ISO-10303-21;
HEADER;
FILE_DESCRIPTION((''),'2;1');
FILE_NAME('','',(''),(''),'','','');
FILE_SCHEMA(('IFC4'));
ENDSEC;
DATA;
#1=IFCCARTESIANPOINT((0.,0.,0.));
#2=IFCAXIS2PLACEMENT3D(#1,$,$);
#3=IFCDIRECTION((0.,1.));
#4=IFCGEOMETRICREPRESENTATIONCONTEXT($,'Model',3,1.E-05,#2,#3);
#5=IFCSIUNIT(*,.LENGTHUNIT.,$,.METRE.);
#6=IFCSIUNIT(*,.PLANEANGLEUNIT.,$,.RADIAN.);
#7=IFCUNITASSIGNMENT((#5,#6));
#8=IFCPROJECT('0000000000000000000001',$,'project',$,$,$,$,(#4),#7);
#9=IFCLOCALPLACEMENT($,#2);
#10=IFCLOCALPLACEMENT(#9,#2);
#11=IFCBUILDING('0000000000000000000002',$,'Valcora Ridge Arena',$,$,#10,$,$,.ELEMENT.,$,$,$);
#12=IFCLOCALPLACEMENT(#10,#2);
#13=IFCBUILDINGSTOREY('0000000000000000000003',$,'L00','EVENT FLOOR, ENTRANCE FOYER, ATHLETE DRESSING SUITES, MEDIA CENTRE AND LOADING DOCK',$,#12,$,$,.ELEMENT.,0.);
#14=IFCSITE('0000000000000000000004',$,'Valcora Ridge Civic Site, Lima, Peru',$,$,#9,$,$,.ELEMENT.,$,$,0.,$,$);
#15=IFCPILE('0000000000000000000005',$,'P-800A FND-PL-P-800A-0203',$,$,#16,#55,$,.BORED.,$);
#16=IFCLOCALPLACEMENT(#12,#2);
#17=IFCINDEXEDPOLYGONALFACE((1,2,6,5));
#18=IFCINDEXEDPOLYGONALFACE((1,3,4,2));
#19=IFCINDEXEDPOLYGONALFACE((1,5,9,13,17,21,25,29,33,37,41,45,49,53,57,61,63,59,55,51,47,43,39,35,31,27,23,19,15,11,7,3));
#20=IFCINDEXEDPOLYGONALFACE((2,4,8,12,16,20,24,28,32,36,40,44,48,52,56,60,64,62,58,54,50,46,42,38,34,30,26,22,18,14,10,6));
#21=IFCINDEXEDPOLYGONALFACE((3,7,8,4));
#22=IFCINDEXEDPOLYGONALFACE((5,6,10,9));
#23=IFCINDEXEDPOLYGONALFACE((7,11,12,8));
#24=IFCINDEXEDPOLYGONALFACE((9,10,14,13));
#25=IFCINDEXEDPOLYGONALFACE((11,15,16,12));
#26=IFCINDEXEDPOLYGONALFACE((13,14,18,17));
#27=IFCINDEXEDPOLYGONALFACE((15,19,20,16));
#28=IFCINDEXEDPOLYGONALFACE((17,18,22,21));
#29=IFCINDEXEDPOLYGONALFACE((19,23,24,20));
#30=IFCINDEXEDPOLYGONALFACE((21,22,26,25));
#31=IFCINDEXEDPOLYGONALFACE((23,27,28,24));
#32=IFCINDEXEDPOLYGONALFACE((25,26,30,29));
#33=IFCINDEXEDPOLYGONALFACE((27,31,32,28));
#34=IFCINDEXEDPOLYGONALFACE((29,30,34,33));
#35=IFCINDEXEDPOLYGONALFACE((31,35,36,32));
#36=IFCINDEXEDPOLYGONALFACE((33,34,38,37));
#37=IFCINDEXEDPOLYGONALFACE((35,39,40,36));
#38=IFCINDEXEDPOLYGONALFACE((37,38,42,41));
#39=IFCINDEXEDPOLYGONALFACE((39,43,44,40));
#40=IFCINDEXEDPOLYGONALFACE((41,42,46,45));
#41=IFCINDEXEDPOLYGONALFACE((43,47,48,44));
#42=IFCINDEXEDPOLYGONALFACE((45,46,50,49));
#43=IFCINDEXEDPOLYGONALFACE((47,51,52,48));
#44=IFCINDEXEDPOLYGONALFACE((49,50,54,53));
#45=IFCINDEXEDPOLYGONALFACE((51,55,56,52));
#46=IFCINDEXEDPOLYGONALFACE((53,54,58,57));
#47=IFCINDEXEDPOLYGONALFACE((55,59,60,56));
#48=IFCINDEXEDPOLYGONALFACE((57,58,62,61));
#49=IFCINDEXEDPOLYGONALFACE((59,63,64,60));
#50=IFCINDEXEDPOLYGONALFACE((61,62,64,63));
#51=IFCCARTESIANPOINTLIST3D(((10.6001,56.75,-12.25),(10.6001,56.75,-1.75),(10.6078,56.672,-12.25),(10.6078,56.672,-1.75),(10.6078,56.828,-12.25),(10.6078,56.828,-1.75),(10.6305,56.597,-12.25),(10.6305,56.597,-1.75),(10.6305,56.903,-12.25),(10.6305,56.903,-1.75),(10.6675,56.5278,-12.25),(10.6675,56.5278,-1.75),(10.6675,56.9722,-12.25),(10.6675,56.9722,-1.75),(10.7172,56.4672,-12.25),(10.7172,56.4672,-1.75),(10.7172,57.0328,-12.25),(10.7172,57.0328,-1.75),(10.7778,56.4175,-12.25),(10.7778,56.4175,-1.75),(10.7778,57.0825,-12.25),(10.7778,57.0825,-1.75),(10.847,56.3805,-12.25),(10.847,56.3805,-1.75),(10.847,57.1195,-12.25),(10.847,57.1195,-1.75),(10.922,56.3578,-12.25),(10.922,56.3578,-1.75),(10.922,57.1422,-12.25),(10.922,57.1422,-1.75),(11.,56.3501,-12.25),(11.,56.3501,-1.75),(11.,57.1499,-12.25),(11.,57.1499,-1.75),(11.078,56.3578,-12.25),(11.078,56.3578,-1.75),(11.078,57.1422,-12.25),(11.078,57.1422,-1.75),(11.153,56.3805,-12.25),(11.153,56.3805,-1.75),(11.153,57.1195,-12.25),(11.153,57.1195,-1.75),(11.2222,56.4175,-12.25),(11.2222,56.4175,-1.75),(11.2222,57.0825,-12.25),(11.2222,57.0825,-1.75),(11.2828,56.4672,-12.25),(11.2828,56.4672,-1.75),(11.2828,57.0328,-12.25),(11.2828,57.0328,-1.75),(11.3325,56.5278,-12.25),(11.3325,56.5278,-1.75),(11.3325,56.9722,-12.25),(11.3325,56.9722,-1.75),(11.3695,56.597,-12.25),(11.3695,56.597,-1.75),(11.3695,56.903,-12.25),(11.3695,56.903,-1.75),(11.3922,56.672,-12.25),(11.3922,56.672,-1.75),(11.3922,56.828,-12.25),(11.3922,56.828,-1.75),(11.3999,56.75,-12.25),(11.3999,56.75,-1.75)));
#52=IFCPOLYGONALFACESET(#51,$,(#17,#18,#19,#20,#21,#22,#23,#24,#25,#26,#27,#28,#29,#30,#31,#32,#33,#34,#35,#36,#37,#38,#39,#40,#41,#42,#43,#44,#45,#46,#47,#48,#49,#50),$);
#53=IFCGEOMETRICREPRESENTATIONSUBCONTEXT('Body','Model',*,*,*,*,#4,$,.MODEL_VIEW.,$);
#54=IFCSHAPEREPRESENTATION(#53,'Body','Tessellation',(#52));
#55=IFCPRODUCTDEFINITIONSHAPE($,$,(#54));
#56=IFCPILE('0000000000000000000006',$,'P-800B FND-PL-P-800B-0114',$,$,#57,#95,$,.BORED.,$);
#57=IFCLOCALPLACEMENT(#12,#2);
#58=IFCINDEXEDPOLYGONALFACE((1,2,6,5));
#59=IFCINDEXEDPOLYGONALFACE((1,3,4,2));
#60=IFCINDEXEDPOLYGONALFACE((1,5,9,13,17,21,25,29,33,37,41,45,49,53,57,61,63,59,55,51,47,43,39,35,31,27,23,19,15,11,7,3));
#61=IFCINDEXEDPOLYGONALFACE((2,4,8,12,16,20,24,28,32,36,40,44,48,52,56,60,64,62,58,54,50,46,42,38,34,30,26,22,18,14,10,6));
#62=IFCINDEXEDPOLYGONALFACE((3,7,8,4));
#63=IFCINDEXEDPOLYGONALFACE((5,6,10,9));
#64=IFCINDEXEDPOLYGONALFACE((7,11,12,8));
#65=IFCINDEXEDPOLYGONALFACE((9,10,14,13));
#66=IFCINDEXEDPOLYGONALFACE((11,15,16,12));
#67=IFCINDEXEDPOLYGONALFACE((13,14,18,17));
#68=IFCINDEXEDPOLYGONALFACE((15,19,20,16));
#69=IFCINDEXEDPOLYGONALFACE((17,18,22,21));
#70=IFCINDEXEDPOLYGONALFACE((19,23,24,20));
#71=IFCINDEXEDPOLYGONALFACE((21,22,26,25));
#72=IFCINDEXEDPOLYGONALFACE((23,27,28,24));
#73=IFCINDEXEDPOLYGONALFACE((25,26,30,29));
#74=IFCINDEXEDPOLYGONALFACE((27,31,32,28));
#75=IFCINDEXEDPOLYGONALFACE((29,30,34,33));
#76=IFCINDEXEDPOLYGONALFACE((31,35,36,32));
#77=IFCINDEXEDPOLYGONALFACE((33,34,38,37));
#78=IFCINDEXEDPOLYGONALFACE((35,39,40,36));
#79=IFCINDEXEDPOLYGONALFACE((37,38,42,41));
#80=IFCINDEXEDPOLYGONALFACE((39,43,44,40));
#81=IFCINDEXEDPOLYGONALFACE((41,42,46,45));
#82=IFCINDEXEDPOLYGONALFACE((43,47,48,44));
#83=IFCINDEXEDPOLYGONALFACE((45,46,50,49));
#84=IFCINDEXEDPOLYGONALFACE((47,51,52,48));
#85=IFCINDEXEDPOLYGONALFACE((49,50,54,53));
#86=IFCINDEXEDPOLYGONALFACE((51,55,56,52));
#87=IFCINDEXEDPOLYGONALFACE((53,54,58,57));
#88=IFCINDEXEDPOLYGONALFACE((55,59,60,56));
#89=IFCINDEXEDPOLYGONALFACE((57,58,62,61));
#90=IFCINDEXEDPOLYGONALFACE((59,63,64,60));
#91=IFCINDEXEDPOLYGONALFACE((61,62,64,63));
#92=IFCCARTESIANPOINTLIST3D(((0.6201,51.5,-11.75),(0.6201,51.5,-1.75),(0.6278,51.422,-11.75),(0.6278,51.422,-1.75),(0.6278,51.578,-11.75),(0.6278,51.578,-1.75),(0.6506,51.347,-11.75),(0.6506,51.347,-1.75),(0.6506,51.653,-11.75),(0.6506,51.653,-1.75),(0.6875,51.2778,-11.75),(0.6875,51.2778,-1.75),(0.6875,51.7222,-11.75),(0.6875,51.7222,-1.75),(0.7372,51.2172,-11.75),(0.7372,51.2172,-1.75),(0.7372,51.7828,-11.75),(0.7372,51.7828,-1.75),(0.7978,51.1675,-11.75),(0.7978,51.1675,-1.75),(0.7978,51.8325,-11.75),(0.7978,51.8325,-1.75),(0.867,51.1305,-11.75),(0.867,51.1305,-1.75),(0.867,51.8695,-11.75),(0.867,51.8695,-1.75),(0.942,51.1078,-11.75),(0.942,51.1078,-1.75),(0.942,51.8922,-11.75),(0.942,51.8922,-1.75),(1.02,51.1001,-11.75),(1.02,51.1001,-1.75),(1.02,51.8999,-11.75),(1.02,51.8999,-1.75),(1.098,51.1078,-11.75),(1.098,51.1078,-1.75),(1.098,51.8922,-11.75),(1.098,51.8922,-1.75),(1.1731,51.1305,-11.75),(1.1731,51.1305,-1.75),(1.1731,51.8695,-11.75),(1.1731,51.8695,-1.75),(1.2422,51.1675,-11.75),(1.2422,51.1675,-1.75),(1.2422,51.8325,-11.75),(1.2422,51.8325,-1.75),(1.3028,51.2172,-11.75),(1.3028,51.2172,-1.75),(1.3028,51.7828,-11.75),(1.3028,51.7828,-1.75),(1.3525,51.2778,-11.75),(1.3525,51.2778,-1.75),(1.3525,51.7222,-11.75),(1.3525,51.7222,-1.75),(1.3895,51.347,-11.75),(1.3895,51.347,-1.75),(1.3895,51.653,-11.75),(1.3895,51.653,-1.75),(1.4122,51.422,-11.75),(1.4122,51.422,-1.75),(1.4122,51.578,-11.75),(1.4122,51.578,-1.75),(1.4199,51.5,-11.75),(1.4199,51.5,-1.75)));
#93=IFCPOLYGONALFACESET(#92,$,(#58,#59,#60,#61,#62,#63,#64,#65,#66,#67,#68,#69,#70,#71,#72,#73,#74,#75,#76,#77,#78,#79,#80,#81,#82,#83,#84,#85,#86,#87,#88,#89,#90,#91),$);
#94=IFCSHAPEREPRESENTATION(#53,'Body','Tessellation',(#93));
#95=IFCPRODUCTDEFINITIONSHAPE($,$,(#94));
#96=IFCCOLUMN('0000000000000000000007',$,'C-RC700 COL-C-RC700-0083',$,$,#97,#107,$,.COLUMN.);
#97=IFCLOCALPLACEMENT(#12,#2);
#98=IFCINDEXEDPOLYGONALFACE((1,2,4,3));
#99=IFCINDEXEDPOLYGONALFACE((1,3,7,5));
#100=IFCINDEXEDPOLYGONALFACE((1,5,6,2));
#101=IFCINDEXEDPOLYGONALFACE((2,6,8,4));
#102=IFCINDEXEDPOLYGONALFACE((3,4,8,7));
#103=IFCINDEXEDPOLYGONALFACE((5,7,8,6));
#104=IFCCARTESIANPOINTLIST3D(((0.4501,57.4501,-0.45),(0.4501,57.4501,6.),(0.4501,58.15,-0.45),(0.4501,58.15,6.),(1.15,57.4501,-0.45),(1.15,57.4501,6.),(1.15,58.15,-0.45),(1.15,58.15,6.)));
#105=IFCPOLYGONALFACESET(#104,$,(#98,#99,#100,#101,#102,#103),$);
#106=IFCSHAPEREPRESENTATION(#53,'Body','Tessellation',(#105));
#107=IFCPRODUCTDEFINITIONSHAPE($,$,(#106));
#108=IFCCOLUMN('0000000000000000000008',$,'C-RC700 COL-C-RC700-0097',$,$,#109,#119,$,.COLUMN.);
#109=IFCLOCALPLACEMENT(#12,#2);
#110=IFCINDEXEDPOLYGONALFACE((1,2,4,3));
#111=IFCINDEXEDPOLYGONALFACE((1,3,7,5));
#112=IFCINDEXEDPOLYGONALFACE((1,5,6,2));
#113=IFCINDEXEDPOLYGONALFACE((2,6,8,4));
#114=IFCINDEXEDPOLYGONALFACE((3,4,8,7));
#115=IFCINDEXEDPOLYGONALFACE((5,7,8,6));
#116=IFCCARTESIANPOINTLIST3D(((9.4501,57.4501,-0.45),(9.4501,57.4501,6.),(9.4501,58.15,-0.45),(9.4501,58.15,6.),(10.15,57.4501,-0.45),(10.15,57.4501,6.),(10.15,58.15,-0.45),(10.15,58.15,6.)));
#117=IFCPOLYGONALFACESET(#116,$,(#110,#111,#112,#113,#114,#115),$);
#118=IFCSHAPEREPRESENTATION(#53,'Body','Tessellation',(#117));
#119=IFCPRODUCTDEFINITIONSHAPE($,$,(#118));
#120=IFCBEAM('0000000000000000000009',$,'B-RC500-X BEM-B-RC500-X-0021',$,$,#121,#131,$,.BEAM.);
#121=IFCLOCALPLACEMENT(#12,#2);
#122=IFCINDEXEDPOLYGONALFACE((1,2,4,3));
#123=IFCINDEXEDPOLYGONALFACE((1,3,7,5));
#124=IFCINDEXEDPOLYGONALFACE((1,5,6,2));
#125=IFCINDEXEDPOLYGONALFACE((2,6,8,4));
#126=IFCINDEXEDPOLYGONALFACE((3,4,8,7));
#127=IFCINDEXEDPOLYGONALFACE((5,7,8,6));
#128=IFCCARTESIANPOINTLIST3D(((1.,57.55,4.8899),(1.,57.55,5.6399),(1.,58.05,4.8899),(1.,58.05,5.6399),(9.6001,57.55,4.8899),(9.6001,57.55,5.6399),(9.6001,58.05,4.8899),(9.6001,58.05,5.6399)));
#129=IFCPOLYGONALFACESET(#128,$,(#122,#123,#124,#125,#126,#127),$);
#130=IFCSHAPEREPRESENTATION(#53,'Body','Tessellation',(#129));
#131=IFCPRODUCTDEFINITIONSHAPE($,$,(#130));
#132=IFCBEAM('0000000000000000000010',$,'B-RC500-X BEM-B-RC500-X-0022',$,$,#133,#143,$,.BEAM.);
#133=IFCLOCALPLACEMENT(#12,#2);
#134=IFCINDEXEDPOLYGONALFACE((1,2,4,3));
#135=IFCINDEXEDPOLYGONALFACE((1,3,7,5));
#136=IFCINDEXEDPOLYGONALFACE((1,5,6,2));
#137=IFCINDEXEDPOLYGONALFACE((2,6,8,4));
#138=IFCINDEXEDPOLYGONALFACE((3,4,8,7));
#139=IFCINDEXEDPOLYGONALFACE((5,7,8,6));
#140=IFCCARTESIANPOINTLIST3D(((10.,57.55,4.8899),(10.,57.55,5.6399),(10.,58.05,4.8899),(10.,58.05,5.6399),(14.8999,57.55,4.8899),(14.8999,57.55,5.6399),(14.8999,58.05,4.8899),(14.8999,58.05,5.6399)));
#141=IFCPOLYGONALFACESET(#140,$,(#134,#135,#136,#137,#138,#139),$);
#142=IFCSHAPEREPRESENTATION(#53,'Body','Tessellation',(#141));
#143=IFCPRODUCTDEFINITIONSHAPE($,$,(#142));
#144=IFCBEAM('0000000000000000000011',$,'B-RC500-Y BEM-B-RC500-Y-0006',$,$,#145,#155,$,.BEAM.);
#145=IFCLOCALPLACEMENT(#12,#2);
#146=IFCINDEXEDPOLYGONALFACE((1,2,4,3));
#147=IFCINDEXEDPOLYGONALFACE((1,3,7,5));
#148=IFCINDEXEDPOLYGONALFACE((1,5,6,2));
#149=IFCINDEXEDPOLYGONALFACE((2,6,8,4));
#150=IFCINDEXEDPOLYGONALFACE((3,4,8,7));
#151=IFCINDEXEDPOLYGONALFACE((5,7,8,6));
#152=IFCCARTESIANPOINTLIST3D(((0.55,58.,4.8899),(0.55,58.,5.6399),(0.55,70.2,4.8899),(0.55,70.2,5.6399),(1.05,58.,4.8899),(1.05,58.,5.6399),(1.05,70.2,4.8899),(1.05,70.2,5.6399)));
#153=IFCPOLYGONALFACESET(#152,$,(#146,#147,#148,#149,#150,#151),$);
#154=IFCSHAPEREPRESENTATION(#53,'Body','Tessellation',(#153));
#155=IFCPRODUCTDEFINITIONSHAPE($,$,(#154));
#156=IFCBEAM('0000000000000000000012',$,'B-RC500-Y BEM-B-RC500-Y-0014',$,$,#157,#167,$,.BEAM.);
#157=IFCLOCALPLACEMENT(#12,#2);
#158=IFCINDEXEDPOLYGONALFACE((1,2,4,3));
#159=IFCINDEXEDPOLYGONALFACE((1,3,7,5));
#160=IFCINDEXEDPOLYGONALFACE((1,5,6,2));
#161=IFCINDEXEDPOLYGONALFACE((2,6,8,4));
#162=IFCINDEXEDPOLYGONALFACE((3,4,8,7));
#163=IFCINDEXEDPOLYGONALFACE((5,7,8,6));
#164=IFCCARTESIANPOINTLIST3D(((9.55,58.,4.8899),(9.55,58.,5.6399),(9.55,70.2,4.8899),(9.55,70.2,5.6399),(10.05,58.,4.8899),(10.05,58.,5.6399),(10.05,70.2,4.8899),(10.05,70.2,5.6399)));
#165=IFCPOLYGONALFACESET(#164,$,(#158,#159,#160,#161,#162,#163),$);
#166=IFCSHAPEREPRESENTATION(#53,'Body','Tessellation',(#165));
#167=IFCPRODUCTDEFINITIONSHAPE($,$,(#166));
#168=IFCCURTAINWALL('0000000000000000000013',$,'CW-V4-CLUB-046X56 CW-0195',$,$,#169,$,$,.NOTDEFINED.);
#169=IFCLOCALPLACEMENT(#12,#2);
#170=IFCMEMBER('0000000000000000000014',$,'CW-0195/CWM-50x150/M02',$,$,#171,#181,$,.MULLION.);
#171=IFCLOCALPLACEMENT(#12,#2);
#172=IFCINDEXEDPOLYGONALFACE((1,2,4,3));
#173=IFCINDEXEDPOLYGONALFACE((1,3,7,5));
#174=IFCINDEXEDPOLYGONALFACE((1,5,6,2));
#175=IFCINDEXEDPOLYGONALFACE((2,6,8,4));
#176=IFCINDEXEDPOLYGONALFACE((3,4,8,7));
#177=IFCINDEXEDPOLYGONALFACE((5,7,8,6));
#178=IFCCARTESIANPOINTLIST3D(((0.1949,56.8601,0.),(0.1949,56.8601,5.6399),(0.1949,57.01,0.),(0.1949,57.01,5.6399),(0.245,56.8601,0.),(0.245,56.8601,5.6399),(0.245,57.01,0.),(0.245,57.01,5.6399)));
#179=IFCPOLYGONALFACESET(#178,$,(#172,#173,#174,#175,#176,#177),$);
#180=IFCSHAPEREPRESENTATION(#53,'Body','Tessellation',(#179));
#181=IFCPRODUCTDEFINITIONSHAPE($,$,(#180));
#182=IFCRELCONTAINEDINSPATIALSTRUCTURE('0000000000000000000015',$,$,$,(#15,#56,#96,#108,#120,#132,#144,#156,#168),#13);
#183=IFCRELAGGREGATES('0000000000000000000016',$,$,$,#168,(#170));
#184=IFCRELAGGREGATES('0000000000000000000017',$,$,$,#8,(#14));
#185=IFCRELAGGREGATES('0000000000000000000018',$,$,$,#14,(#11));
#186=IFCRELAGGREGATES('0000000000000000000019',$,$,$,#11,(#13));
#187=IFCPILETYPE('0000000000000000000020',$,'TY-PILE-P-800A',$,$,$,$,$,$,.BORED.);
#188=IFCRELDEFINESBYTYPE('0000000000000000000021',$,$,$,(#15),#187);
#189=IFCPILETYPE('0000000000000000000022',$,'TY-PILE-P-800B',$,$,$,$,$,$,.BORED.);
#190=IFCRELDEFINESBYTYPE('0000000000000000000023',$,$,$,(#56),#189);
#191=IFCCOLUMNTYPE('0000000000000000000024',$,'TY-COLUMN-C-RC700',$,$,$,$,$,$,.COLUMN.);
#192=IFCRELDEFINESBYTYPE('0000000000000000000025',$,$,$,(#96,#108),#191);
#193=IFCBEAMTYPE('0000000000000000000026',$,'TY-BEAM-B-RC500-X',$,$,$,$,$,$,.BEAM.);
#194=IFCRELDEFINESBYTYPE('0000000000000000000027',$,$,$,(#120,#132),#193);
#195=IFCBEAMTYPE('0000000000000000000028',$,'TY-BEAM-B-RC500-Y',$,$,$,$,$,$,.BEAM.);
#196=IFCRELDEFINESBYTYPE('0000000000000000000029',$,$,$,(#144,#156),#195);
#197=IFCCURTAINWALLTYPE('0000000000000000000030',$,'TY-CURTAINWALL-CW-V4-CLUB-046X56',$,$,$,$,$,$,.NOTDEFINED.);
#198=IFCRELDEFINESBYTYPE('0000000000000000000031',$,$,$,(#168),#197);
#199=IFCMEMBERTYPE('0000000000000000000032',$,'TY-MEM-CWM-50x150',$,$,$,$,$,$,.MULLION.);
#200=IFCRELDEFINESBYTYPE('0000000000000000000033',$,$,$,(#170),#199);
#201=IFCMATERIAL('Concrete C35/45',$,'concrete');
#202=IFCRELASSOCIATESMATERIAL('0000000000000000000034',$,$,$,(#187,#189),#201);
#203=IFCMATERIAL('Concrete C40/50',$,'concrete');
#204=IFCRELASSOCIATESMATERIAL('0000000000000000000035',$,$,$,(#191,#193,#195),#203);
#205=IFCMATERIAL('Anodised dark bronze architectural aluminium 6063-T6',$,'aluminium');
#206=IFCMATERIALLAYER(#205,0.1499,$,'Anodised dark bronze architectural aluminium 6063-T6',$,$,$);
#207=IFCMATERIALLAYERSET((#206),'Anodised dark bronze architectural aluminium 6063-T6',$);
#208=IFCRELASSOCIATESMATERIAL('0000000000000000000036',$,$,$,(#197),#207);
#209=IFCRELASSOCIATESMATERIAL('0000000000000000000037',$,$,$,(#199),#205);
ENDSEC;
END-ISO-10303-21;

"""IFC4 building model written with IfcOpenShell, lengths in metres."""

from ifc_helpers import new_model, si_unit, direction, frame, origin, origin_2d, place, context, subcontext, project, spatial, rectangle, circle, extrude, material, layer, layer_set, material_profile, profile_set, type_object, element, aggregate, save


model = new_model("IFC4")

# Units and contexts
model_context = context("Model", 3, precision=1e-05, world=origin(), true_north=direction((0.0, 1.0)))
body_context = subcontext(model_context, "Body", "Model", "MODEL_VIEW")
ifc_project = project(units=[si_unit("LENGTHUNIT", "METRE"), si_unit("PLANEANGLEUNIT", "RADIAN")], contexts=[model_context])

# Site, building, storey
site_placement = place(None, origin())
site = spatial("IfcSite", under=ifc_project, at=site_placement, Name="Valcora Ridge Civic Site, Lima, Peru", CompositionType="ELEMENT", RefElevation=0.0)
building_placement = place(site_placement, origin())
building = spatial("IfcBuilding", under=site, at=building_placement, Name="Valcora Ridge Arena", CompositionType="ELEMENT")
storey_placement = place(building_placement, origin())
storey = spatial("IfcBuildingStorey", under=building, at=storey_placement, Name="L00", Description="EVENT FLOOR, ENTRANCE FOYER, ATHLETE DRESSING SUITES, MEDIA CENTRE AND LOADING DOCK", CompositionType="ELEMENT", Elevation=0.0)

# Shared definitions
ifc_material_1 = material(Name="Concrete C40/50", Category="concrete")

# Piles
ifc_material_2 = material(Name="Concrete C35/45", Category="concrete")
ifc_material_profile_1 = material_profile(ifc_material_2, circle(Radius=0.3999, at=origin_2d()), Name="BORED PILE D800")
ifc_profile_set_1 = profile_set([ifc_material_profile_1], Name="Concrete C35/45")
pile_type_1 = type_object("IfcPileType", Name="TY-PILE-P-800A", PredefinedType="BORED", material=ifc_profile_set_1)
for number, where, z_axis, x_axis, name in (
    (1, (11.0, 56.75, -1.75), (0.0, 0.0, -1.0), (1.0, 0.0, 0.0), "P-800A FND-PL-P-800A-0203"),
):
    element("IfcPile", number, at=place(storey_placement, frame(where, z_axis=z_axis, x_axis=x_axis)), inside=storey, type_object=pile_type_1, Name=name, PredefinedType="BORED", context=body_context, shape_type="SweptSolid", body=[
        extrude(circle(Radius=0.3999, at=origin_2d()), origin(), (0.0, 0.0, 1.0), 10.5),
    ])
ifc_material_profile_2 = material_profile(ifc_material_2, circle(Radius=0.3999, at=origin_2d()), Name="BORED PILE D800")
ifc_profile_set_2 = profile_set([ifc_material_profile_2], Name="Concrete C35/45")
pile_type_2 = type_object("IfcPileType", Name="TY-PILE-P-800B", PredefinedType="BORED", material=ifc_profile_set_2)
pile_placement = place(storey_placement, frame((1.02, 51.5, -1.75), z_axis=(0.0, 0.0, -1.0), x_axis=(1.0, 0.0, 0.0)))
element("IfcPile", 2, at=pile_placement, inside=storey, type_object=pile_type_2, Name="P-800B FND-PL-P-800B-0114", PredefinedType="BORED", context=body_context, shape_type="SweptSolid", body=[
    extrude(circle(Radius=0.3999, at=origin_2d()), origin(), (0.0, 0.0, 1.0), 10.0),
])

# Columns
ifc_material_profile_3 = material_profile(ifc_material_1, rectangle(XDim=0.7, YDim=0.7, at=origin_2d()), Name="RC 700x700")
ifc_profile_set_3 = profile_set([ifc_material_profile_3], Name="Concrete C40/50")
column_type = type_object("IfcColumnType", Name="TY-COLUMN-C-RC700", PredefinedType="COLUMN", material=ifc_profile_set_3)
for number, where, z_axis, x_axis, name in (
    (3, (0.8, 57.8, -0.45), (0.0, 0.0, 1.0), (1.0, 0.0, 0.0), "C-RC700 COL-C-RC700-0083"),
    (4, (9.8, 57.8, -0.45), (0.0, 0.0, 1.0), (1.0, 0.0, 0.0), "C-RC700 COL-C-RC700-0097"),
):
    element("IfcColumn", number, at=place(storey_placement, frame(where, z_axis=z_axis, x_axis=x_axis)), inside=storey, type_object=column_type, Name=name, PredefinedType="COLUMN", context=body_context, shape_type="SweptSolid", body=[
        extrude(rectangle(XDim=0.7, YDim=0.7, at=origin_2d()), origin(), (0.0, 0.0, 1.0), 6.45),
    ])

# Beams
ifc_material_profile_4 = material_profile(ifc_material_1, rectangle(XDim=0.5, YDim=0.75, at=origin_2d()), Name="RC 500x750")
ifc_profile_set_4 = profile_set([ifc_material_profile_4], Name="Concrete C40/50")
beam_type_1 = type_object("IfcBeamType", Name="TY-BEAM-B-RC500-X", PredefinedType="BEAM", material=ifc_profile_set_4)
beam_1_placement = place(storey_placement, frame((1.0, 57.8, 5.2649), z_axis=(1.0, 0.0, 0.0), x_axis=(0.0, 1.0, 0.0)))
element("IfcBeam", 5, at=beam_1_placement, inside=storey, type_object=beam_type_1, Name="B-RC500-X BEM-B-RC500-X-0021", PredefinedType="BEAM", context=body_context, shape_type="SweptSolid", body=[
    extrude(rectangle(XDim=0.5, YDim=0.75, at=origin_2d()), origin(), (0.0, 0.0, 1.0), 8.6001),
])
beam_2_placement = place(storey_placement, frame((10.0, 57.8, 5.2649), z_axis=(1.0, 0.0, 0.0), x_axis=(0.0, 1.0, 0.0)))
element("IfcBeam", 6, at=beam_2_placement, inside=storey, type_object=beam_type_1, Name="B-RC500-X BEM-B-RC500-X-0022", PredefinedType="BEAM", context=body_context, shape_type="SweptSolid", body=[
    extrude(rectangle(XDim=0.5, YDim=0.75, at=origin_2d()), origin(), (0.0, 0.0, 1.0), 4.8999),
])
ifc_material_profile_5 = material_profile(ifc_material_1, rectangle(XDim=0.5, YDim=0.75, at=origin_2d()), Name="RC 500x750")
ifc_profile_set_5 = profile_set([ifc_material_profile_5], Name="Concrete C40/50")
beam_type_2 = type_object("IfcBeamType", Name="TY-BEAM-B-RC500-Y", PredefinedType="BEAM", material=ifc_profile_set_5)
for number, where, z_axis, x_axis, name in (
    (7, (0.8, 58.0, 5.2649), (0.0, 1.0, 0.0), (-1.0, 0.0, 0.0), "B-RC500-Y BEM-B-RC500-Y-0006"),
    (8, (9.8, 58.0, 5.2649), (0.0, 1.0, 0.0), (-1.0, 0.0, 0.0), "B-RC500-Y BEM-B-RC500-Y-0014"),
):
    element("IfcBeam", number, at=place(storey_placement, frame(where, z_axis=z_axis, x_axis=x_axis)), inside=storey, type_object=beam_type_2, Name=name, PredefinedType="BEAM", context=body_context, shape_type="SweptSolid", body=[
        extrude(rectangle(XDim=0.5, YDim=0.75, at=origin_2d()), origin(), (0.0, 0.0, 1.0), 12.2),
    ])

# Curtain wall, member
ifc_material_3 = material(Name="Anodised dark bronze architectural aluminium 6063-T6", Category="aluminium")
ifc_layer_1 = layer(ifc_material_3, 0.1499, Name="Anodised dark bronze architectural aluminium 6063-T6")
ifc_layer_set_1 = layer_set([ifc_layer_1], Name="Anodised dark bronze architectural aluminium 6063-T6")
curtain_wall_type = type_object("IfcCurtainWallType", Name="TY-CURTAINWALL-CW-V4-CLUB-046X56", PredefinedType="NOTDEFINED", material=ifc_layer_set_1)
curtain_wall_placement = place(storey_placement, origin())
curtain_wall = element("IfcCurtainWall", 9, at=curtain_wall_placement, inside=storey, type_object=curtain_wall_type, Name="CW-V4-CLUB-046X56 CW-0195", PredefinedType="NOTDEFINED")
ifc_material_profile_6 = material_profile(ifc_material_3, rectangle(XDim=0.05, YDim=0.1499, at=origin_2d()), Name="ALU MULLION 50x150")
ifc_profile_set_6 = profile_set([ifc_material_profile_6], Name="Anodised dark bronze architectural aluminium 6063-T6")
member_type = type_object("IfcMemberType", Name="TY-MEM-CWM-50x150", PredefinedType="MULLION", material=ifc_profile_set_6)
member_placement = place(storey_placement, frame((0.22, 56.9351, 0.0), z_axis=(0.0, 0.0, 1.0), x_axis=(-1.0, 0.0, 0.0)))
member = element("IfcMember", 10, at=member_placement, type_object=member_type, Name="CW-0195/CWM-50x150/M02", PredefinedType="MULLION", context=body_context, shape_type="SweptSolid", body=[
    extrude(rectangle(XDim=0.05, YDim=0.1499, at=origin_2d()), origin(), (0.0, 0.0, 1.0), 5.6399),
])
aggregate(curtain_wall, [member])

save(model, "model.ifc")
